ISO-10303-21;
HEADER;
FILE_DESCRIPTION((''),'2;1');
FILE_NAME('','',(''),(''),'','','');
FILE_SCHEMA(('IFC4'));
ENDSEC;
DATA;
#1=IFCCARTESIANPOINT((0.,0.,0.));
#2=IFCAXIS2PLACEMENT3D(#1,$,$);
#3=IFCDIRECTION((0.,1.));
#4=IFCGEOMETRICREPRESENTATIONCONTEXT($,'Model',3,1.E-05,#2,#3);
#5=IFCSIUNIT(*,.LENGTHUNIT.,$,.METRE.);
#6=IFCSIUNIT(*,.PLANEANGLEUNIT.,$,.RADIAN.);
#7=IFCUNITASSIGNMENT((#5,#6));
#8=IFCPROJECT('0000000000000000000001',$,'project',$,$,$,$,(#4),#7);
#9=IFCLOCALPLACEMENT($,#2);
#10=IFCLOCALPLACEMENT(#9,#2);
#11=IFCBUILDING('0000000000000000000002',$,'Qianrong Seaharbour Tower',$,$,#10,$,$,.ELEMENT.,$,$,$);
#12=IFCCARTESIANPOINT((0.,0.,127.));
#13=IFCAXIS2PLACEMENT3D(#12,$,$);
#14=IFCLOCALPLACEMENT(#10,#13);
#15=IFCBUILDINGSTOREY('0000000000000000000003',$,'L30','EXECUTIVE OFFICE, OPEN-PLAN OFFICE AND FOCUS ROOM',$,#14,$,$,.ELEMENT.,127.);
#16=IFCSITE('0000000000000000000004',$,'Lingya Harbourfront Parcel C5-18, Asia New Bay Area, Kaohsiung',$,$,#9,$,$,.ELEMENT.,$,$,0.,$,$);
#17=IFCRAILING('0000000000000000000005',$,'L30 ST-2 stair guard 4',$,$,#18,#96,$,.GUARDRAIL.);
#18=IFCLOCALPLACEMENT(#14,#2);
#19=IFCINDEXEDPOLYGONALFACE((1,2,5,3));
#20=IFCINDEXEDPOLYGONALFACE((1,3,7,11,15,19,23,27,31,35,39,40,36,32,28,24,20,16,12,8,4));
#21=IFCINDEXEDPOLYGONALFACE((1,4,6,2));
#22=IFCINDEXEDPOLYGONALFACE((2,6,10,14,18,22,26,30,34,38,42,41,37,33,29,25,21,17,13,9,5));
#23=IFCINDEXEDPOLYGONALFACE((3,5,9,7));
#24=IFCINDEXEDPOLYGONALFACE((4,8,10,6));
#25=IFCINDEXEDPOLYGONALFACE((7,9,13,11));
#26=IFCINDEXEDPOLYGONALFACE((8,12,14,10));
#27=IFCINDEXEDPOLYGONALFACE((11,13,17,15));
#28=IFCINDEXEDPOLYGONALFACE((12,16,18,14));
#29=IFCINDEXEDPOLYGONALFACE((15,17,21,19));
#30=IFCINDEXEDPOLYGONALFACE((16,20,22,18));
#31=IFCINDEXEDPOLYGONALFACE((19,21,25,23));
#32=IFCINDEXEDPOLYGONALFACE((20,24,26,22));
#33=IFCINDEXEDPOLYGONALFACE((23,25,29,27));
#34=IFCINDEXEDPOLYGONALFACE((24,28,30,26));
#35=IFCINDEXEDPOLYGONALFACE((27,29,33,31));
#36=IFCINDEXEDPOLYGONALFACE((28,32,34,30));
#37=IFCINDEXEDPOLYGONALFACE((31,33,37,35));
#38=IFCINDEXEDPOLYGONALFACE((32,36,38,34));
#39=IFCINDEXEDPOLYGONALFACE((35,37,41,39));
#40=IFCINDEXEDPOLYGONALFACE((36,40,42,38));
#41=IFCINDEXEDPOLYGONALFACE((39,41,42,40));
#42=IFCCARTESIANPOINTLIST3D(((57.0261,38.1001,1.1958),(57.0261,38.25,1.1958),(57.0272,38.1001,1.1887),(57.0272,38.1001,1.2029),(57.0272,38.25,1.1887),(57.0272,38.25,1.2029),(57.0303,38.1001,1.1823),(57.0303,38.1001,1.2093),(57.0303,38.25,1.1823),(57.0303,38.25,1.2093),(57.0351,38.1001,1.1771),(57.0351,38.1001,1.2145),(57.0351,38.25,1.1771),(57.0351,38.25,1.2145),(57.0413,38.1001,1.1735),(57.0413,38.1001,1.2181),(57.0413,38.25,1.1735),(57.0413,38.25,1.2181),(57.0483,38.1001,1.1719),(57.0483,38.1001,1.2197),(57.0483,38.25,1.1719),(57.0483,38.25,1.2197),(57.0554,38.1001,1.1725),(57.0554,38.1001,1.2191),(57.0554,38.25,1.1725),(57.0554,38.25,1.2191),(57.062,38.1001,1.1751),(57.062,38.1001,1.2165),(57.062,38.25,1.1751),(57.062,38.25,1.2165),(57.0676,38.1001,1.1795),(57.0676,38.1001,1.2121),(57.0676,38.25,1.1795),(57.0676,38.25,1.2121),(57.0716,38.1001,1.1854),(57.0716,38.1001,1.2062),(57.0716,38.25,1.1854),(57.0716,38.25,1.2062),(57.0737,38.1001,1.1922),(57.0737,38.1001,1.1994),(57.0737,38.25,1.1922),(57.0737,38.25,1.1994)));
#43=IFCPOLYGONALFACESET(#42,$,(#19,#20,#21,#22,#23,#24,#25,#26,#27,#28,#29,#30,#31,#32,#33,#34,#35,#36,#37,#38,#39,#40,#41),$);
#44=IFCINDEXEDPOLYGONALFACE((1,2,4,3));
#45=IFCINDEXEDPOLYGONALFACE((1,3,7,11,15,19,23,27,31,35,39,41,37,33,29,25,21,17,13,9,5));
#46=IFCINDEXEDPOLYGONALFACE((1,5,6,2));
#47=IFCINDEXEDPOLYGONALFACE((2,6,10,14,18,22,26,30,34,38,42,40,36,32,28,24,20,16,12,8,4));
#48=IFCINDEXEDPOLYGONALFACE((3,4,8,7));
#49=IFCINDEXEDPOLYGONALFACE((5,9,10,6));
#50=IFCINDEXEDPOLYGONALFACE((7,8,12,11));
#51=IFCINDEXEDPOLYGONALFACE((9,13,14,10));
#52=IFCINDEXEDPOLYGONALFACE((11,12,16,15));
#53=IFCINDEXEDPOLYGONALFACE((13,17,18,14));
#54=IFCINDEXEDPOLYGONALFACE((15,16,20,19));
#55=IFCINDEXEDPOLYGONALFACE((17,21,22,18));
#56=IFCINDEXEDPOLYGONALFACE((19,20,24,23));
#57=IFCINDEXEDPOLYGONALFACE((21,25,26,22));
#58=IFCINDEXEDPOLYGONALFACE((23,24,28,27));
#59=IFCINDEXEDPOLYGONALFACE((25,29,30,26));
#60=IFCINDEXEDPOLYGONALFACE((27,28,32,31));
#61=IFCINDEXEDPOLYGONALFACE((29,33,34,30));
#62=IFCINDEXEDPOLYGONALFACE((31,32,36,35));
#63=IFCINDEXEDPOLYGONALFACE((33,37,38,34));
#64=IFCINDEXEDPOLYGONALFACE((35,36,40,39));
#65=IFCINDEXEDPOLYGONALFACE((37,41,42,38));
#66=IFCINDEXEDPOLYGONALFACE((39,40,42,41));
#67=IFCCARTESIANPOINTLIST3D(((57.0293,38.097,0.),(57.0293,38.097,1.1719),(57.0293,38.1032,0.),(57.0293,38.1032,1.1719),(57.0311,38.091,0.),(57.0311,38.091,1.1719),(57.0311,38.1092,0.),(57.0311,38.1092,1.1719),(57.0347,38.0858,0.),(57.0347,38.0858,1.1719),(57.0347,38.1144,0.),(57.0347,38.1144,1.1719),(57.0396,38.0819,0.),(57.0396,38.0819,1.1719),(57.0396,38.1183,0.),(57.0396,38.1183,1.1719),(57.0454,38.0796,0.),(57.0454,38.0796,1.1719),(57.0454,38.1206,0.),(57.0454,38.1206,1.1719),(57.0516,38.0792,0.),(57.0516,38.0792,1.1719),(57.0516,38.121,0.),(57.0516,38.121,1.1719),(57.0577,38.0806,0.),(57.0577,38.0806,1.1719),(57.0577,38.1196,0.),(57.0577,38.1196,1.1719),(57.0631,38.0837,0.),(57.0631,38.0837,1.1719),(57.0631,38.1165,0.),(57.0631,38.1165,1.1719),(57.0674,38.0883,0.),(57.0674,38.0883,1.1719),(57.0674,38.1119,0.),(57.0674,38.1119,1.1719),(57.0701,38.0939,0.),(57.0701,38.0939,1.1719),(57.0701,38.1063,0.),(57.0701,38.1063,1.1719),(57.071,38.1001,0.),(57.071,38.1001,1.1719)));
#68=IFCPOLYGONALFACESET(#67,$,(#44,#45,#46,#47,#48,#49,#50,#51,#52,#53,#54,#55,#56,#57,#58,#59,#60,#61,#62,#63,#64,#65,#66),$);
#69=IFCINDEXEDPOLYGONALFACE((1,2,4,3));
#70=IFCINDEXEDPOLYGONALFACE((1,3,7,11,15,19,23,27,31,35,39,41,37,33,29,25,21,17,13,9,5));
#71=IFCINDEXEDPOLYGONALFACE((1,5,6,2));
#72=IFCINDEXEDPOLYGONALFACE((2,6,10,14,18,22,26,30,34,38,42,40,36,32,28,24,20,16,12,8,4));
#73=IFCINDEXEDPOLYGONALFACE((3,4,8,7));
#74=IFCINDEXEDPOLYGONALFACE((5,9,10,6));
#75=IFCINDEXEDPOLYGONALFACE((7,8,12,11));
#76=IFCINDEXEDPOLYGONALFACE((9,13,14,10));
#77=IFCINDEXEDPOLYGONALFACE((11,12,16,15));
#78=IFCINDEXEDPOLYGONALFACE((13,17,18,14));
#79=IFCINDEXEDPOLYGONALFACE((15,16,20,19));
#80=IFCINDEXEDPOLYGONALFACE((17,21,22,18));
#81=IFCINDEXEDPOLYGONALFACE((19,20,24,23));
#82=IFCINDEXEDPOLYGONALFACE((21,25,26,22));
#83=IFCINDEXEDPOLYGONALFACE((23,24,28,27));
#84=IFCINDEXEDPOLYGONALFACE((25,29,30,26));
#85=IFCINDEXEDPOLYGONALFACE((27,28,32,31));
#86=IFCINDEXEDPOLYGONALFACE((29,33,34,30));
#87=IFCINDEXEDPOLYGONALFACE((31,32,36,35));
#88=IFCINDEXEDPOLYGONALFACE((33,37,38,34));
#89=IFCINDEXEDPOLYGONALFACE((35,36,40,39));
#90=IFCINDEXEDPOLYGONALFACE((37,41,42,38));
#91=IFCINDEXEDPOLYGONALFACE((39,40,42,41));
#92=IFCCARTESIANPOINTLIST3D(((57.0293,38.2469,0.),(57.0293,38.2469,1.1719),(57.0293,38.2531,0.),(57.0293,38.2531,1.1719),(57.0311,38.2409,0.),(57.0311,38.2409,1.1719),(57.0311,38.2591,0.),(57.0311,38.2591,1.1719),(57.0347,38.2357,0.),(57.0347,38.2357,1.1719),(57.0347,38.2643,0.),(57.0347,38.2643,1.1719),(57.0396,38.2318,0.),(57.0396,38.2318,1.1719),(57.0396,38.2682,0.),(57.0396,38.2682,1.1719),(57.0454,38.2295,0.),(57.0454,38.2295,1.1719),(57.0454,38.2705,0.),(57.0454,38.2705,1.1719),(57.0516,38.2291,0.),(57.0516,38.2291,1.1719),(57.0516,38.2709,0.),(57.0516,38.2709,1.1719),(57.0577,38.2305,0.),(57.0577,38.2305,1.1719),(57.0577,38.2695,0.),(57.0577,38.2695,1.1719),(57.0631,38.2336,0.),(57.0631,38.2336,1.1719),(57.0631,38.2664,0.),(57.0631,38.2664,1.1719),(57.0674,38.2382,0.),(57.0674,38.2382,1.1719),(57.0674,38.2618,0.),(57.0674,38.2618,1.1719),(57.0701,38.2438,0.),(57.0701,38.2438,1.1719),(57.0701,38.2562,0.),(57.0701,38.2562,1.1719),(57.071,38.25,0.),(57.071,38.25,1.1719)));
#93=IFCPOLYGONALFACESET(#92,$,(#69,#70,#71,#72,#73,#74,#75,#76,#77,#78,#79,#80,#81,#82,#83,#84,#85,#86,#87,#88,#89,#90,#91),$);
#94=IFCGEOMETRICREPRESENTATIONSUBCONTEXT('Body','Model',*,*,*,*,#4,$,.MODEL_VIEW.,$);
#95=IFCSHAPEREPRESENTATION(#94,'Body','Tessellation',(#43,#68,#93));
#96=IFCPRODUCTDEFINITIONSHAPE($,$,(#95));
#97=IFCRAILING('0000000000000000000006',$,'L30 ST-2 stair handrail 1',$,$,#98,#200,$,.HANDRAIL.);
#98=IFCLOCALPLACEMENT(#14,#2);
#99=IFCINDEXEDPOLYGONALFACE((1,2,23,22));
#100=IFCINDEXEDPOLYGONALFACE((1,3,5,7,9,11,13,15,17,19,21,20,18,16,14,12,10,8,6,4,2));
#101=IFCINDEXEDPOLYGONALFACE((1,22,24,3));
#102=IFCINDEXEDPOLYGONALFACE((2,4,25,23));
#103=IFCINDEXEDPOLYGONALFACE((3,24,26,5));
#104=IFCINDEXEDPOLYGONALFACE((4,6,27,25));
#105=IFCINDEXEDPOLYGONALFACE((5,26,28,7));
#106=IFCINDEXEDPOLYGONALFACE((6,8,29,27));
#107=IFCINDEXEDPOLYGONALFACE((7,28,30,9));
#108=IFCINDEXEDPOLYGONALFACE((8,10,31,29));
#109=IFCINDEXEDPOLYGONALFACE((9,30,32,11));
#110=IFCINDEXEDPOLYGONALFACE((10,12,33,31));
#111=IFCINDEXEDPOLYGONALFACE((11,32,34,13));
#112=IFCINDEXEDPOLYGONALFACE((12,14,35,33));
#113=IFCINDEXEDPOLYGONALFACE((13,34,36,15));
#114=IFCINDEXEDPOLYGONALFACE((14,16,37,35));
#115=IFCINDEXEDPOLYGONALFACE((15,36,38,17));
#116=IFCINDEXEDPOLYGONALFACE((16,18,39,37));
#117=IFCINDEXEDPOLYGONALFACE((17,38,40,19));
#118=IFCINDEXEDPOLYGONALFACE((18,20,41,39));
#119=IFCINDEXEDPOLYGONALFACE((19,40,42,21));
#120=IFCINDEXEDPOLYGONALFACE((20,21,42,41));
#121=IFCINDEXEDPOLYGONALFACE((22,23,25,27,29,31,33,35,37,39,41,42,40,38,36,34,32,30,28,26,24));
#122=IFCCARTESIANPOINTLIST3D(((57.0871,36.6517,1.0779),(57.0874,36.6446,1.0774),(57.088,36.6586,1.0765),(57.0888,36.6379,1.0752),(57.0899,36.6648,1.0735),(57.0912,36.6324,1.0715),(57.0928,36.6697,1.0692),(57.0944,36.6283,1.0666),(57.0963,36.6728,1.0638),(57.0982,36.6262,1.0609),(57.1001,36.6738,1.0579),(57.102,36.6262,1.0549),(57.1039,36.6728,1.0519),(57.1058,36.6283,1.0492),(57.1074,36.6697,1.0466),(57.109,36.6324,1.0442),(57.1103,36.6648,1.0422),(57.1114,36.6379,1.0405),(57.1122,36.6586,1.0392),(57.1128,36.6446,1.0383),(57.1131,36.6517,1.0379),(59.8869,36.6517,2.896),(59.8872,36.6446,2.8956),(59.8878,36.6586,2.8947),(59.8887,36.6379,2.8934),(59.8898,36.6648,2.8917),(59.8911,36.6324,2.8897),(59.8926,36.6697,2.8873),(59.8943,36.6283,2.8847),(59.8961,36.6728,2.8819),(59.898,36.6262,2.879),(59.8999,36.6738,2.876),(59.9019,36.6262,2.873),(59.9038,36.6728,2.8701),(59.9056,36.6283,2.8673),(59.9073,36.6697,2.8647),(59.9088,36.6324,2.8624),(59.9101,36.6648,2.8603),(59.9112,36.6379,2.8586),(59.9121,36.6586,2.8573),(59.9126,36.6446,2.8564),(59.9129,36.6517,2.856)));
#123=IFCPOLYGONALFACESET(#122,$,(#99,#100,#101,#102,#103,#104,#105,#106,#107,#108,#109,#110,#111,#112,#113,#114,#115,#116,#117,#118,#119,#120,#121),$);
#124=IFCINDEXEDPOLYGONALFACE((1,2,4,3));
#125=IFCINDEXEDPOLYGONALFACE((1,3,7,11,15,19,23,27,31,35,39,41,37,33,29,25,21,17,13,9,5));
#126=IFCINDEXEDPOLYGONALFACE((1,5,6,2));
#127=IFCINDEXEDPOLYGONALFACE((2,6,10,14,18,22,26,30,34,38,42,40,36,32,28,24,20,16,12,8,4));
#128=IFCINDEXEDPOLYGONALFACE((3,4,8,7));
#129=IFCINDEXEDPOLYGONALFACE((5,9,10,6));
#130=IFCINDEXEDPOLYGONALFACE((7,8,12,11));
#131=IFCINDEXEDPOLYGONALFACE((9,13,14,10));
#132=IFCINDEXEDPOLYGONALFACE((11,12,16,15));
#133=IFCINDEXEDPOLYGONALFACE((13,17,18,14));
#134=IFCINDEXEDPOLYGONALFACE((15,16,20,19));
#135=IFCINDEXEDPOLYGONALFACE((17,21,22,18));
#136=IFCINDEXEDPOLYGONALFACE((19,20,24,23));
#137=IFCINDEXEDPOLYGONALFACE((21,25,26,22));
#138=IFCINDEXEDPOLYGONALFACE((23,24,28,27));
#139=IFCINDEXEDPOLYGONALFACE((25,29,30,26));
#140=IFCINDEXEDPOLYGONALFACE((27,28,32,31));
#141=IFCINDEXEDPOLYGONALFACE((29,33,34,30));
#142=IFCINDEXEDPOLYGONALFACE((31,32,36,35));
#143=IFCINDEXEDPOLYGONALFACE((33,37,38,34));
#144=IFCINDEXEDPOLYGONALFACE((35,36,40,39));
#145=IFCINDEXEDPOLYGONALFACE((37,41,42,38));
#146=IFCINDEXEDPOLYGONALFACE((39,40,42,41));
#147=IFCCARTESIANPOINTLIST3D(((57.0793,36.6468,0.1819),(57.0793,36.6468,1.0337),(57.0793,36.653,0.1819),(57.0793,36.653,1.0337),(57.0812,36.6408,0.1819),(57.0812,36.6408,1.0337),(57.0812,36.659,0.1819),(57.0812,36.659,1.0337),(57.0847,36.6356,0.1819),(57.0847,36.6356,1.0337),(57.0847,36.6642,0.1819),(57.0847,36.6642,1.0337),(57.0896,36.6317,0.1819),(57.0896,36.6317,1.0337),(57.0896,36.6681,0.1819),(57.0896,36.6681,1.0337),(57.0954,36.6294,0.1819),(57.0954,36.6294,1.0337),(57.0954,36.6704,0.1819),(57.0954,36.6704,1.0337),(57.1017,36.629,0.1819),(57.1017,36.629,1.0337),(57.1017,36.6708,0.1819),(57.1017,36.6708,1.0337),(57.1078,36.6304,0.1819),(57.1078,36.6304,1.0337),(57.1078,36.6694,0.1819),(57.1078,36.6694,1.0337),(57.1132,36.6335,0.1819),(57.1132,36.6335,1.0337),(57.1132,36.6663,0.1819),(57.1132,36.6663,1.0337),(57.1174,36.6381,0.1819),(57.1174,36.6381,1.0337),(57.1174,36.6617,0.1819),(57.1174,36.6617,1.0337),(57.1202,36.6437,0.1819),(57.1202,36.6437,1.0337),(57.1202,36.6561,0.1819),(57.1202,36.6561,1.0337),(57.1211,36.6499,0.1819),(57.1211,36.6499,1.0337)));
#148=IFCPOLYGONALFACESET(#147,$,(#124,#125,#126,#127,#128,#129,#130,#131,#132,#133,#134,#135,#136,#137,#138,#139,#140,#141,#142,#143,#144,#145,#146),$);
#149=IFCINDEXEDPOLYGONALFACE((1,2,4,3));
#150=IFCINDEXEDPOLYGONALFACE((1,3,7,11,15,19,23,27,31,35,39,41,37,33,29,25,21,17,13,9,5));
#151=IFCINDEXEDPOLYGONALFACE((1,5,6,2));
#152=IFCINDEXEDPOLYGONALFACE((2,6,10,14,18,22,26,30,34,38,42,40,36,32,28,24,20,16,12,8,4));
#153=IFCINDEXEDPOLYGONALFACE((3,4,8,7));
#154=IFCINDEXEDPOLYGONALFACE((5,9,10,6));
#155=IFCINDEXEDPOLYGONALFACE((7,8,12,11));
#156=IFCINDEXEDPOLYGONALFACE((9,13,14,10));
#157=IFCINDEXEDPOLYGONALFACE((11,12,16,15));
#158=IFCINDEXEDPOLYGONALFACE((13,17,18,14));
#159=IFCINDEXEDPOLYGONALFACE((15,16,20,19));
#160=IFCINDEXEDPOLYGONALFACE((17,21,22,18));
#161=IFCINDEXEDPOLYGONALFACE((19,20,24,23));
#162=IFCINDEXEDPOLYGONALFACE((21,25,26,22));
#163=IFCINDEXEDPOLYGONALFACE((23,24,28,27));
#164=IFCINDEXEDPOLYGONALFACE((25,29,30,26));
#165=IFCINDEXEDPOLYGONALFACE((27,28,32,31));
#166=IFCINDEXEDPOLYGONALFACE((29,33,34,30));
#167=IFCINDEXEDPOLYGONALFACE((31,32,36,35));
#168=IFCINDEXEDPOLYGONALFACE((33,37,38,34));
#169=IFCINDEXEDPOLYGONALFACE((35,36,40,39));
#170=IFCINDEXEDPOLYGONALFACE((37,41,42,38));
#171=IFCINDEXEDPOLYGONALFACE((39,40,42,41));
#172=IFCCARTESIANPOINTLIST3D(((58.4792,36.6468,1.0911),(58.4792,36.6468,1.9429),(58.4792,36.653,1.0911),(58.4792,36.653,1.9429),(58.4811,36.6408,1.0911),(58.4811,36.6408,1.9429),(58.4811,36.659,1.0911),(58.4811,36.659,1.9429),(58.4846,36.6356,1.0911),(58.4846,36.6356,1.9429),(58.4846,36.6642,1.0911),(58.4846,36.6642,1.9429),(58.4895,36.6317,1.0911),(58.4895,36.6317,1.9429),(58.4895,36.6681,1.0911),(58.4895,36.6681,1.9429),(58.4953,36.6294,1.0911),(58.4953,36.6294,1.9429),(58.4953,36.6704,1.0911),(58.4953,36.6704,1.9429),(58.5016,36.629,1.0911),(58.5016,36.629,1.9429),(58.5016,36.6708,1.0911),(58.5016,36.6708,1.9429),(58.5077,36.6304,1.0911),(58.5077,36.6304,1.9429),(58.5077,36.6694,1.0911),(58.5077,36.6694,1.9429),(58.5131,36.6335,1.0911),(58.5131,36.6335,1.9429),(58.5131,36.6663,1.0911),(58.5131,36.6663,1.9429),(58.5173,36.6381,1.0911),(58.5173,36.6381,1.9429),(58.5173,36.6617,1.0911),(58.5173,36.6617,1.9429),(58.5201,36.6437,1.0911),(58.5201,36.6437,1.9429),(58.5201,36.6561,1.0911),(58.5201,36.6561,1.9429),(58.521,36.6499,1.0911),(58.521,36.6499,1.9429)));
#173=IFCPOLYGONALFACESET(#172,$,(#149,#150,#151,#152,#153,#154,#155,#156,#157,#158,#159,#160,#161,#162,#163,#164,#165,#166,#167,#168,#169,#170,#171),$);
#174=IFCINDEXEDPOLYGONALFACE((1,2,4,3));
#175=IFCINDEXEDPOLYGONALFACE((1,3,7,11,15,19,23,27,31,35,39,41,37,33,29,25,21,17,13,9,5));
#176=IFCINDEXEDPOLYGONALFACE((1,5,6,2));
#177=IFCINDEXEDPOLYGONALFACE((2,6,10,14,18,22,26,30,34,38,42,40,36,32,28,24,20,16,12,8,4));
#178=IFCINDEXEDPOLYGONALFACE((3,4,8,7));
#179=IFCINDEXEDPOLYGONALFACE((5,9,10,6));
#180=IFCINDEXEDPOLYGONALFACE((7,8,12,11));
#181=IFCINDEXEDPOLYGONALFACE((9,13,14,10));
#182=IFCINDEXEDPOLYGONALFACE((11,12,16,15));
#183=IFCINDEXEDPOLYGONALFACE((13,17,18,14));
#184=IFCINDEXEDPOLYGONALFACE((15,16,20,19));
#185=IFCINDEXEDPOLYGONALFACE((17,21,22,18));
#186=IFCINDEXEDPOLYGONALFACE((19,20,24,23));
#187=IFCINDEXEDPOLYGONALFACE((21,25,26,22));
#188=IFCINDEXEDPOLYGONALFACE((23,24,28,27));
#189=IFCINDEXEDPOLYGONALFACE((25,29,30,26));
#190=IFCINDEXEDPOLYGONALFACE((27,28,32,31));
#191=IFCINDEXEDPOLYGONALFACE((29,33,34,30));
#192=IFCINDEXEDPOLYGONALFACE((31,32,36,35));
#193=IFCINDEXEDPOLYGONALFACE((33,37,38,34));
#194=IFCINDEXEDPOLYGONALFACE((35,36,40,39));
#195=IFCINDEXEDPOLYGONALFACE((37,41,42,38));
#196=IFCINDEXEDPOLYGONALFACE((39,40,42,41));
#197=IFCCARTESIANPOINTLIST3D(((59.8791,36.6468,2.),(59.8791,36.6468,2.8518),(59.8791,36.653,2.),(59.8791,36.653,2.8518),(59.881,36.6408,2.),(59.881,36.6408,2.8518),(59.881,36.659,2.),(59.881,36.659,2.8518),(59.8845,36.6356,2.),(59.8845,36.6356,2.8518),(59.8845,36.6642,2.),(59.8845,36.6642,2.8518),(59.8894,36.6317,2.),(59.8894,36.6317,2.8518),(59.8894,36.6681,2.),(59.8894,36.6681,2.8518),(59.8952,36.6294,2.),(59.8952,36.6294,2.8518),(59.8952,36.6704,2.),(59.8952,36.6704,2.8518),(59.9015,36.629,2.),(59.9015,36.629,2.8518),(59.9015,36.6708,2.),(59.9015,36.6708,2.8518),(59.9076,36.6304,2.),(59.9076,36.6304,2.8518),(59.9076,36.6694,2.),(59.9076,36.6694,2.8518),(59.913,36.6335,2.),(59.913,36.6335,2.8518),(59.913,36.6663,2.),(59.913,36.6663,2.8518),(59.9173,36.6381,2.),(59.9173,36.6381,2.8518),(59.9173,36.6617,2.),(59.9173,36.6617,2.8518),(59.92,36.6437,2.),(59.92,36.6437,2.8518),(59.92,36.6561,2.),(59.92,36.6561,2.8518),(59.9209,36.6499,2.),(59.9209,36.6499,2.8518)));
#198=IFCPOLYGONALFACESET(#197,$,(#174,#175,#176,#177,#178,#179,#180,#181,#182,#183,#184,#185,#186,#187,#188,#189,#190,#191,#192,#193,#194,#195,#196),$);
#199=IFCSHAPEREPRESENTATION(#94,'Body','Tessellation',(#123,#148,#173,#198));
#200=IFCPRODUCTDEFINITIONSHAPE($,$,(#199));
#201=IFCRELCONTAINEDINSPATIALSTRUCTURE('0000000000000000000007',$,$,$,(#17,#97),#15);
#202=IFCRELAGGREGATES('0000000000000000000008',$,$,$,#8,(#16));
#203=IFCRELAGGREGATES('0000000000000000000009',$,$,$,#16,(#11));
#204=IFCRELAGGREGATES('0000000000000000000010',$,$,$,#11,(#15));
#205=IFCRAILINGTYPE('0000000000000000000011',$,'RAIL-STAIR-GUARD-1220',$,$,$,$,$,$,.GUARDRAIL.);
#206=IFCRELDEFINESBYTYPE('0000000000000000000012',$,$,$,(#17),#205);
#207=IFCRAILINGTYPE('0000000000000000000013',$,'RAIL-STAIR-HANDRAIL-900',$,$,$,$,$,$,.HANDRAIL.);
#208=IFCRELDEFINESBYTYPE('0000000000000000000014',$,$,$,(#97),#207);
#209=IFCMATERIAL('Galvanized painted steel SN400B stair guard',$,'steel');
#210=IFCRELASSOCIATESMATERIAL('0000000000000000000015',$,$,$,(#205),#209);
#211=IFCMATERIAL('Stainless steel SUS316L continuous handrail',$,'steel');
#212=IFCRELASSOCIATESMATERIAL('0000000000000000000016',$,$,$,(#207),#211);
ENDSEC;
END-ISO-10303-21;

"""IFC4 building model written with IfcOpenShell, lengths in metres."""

from ifc_helpers import new_model, si_unit, direction, frame, origin, origin_2d, place, context, subcontext, project, spatial, circle, extrude, material, type_object, element, save


model = new_model("IFC4")

# Units and contexts
model_context = context("Model", 3, precision=1e-05, world=origin(), true_north=direction((0.0, 1.0)))
body_context = subcontext(model_context, "Body", "Model", "MODEL_VIEW")
ifc_project = project(units=[si_unit("LENGTHUNIT", "METRE"), si_unit("PLANEANGLEUNIT", "RADIAN")], contexts=[model_context])

# Site, building, storey
site_placement = place(None, origin())
site = spatial("IfcSite", under=ifc_project, at=site_placement, Name="Lingya Harbourfront Parcel C5-18, Asia New Bay Area, Kaohsiung", CompositionType="ELEMENT", RefElevation=0.0)
building_placement = place(site_placement, origin())
building = spatial("IfcBuilding", under=site, at=building_placement, Name="Qianrong Seaharbour Tower", CompositionType="ELEMENT")
storey_placement = place(building_placement, frame((0.0, 0.0, 127.0)))
storey = spatial("IfcBuildingStorey", under=building, at=storey_placement, Name="L30", Description="EXECUTIVE OFFICE, OPEN-PLAN OFFICE AND FOCUS ROOM", CompositionType="ELEMENT", Elevation=127.0)

# Railings
ifc_material_1 = material(Name="Galvanized painted steel SN400B stair guard", Category="steel")
railing_type_1 = type_object("IfcRailingType", Name="RAIL-STAIR-GUARD-1220", PredefinedType="GUARDRAIL", material=ifc_material_1)
railing_1_placement = place(storey_placement, frame((57.05, 38.1001, 0.0)))
element("IfcRailing", 1, at=railing_1_placement, inside=storey, type_object=railing_type_1, Name="L30 ST-2 stair guard 4", PredefinedType="GUARDRAIL", context=body_context, shape_type="SweptSolid", body=[
    extrude(circle(Radius=0.0239, at=origin_2d()), frame((0.0, 0.0, 1.1958), z_axis=(0.0, 1.0, 0.0), x_axis=(-1.0, 0.0, 0.0)), (0.0, 0.0, 1.0), 0.1499),
    extrude(circle(Radius=0.021, at=origin_2d()), origin(), (0.0, 0.0, 1.0), 1.1719),
    extrude(circle(Radius=0.021, at=origin_2d()), frame((0.0, 0.1499, 0.0)), (0.0, 0.0, 1.0), 1.1719),
])
ifc_material_2 = material(Name="Stainless steel SUS316L continuous handrail", Category="steel")
railing_type_2 = type_object("IfcRailingType", Name="RAIL-STAIR-HANDRAIL-900", PredefinedType="HANDRAIL", material=ifc_material_2)
railing_2_placement = place(storey_placement, frame((57.1001, 36.6499, 0.1819)))
element("IfcRailing", 2, at=railing_2_placement, inside=storey, type_object=railing_type_2, Name="L30 ST-2 stair handrail 1", PredefinedType="HANDRAIL", context=body_context, shape_type="SweptSolid", body=[
    extrude(circle(Radius=0.0239, at=origin_2d()), frame((0.0, 0.0, 0.876), z_axis=(0.838684, 0.0, 0.544618), x_axis=(0.0, 1.0, 0.0)), (0.0, 0.0, 1.0), 3.3384),
    extrude(circle(Radius=0.021, at=origin_2d()), origin(), (0.0, 0.0, 1.0), 0.8518),
    extrude(circle(Radius=0.021, at=origin_2d()), frame((1.3999, 0.0, 0.9092)), (0.0, 0.0, 1.0), 0.8518),
    extrude(circle(Radius=0.021, at=origin_2d()), frame((2.7998, 0.0, 1.8181)), (0.0, 0.0, 1.0), 0.8518),
])

save(model, "model.ifc")
